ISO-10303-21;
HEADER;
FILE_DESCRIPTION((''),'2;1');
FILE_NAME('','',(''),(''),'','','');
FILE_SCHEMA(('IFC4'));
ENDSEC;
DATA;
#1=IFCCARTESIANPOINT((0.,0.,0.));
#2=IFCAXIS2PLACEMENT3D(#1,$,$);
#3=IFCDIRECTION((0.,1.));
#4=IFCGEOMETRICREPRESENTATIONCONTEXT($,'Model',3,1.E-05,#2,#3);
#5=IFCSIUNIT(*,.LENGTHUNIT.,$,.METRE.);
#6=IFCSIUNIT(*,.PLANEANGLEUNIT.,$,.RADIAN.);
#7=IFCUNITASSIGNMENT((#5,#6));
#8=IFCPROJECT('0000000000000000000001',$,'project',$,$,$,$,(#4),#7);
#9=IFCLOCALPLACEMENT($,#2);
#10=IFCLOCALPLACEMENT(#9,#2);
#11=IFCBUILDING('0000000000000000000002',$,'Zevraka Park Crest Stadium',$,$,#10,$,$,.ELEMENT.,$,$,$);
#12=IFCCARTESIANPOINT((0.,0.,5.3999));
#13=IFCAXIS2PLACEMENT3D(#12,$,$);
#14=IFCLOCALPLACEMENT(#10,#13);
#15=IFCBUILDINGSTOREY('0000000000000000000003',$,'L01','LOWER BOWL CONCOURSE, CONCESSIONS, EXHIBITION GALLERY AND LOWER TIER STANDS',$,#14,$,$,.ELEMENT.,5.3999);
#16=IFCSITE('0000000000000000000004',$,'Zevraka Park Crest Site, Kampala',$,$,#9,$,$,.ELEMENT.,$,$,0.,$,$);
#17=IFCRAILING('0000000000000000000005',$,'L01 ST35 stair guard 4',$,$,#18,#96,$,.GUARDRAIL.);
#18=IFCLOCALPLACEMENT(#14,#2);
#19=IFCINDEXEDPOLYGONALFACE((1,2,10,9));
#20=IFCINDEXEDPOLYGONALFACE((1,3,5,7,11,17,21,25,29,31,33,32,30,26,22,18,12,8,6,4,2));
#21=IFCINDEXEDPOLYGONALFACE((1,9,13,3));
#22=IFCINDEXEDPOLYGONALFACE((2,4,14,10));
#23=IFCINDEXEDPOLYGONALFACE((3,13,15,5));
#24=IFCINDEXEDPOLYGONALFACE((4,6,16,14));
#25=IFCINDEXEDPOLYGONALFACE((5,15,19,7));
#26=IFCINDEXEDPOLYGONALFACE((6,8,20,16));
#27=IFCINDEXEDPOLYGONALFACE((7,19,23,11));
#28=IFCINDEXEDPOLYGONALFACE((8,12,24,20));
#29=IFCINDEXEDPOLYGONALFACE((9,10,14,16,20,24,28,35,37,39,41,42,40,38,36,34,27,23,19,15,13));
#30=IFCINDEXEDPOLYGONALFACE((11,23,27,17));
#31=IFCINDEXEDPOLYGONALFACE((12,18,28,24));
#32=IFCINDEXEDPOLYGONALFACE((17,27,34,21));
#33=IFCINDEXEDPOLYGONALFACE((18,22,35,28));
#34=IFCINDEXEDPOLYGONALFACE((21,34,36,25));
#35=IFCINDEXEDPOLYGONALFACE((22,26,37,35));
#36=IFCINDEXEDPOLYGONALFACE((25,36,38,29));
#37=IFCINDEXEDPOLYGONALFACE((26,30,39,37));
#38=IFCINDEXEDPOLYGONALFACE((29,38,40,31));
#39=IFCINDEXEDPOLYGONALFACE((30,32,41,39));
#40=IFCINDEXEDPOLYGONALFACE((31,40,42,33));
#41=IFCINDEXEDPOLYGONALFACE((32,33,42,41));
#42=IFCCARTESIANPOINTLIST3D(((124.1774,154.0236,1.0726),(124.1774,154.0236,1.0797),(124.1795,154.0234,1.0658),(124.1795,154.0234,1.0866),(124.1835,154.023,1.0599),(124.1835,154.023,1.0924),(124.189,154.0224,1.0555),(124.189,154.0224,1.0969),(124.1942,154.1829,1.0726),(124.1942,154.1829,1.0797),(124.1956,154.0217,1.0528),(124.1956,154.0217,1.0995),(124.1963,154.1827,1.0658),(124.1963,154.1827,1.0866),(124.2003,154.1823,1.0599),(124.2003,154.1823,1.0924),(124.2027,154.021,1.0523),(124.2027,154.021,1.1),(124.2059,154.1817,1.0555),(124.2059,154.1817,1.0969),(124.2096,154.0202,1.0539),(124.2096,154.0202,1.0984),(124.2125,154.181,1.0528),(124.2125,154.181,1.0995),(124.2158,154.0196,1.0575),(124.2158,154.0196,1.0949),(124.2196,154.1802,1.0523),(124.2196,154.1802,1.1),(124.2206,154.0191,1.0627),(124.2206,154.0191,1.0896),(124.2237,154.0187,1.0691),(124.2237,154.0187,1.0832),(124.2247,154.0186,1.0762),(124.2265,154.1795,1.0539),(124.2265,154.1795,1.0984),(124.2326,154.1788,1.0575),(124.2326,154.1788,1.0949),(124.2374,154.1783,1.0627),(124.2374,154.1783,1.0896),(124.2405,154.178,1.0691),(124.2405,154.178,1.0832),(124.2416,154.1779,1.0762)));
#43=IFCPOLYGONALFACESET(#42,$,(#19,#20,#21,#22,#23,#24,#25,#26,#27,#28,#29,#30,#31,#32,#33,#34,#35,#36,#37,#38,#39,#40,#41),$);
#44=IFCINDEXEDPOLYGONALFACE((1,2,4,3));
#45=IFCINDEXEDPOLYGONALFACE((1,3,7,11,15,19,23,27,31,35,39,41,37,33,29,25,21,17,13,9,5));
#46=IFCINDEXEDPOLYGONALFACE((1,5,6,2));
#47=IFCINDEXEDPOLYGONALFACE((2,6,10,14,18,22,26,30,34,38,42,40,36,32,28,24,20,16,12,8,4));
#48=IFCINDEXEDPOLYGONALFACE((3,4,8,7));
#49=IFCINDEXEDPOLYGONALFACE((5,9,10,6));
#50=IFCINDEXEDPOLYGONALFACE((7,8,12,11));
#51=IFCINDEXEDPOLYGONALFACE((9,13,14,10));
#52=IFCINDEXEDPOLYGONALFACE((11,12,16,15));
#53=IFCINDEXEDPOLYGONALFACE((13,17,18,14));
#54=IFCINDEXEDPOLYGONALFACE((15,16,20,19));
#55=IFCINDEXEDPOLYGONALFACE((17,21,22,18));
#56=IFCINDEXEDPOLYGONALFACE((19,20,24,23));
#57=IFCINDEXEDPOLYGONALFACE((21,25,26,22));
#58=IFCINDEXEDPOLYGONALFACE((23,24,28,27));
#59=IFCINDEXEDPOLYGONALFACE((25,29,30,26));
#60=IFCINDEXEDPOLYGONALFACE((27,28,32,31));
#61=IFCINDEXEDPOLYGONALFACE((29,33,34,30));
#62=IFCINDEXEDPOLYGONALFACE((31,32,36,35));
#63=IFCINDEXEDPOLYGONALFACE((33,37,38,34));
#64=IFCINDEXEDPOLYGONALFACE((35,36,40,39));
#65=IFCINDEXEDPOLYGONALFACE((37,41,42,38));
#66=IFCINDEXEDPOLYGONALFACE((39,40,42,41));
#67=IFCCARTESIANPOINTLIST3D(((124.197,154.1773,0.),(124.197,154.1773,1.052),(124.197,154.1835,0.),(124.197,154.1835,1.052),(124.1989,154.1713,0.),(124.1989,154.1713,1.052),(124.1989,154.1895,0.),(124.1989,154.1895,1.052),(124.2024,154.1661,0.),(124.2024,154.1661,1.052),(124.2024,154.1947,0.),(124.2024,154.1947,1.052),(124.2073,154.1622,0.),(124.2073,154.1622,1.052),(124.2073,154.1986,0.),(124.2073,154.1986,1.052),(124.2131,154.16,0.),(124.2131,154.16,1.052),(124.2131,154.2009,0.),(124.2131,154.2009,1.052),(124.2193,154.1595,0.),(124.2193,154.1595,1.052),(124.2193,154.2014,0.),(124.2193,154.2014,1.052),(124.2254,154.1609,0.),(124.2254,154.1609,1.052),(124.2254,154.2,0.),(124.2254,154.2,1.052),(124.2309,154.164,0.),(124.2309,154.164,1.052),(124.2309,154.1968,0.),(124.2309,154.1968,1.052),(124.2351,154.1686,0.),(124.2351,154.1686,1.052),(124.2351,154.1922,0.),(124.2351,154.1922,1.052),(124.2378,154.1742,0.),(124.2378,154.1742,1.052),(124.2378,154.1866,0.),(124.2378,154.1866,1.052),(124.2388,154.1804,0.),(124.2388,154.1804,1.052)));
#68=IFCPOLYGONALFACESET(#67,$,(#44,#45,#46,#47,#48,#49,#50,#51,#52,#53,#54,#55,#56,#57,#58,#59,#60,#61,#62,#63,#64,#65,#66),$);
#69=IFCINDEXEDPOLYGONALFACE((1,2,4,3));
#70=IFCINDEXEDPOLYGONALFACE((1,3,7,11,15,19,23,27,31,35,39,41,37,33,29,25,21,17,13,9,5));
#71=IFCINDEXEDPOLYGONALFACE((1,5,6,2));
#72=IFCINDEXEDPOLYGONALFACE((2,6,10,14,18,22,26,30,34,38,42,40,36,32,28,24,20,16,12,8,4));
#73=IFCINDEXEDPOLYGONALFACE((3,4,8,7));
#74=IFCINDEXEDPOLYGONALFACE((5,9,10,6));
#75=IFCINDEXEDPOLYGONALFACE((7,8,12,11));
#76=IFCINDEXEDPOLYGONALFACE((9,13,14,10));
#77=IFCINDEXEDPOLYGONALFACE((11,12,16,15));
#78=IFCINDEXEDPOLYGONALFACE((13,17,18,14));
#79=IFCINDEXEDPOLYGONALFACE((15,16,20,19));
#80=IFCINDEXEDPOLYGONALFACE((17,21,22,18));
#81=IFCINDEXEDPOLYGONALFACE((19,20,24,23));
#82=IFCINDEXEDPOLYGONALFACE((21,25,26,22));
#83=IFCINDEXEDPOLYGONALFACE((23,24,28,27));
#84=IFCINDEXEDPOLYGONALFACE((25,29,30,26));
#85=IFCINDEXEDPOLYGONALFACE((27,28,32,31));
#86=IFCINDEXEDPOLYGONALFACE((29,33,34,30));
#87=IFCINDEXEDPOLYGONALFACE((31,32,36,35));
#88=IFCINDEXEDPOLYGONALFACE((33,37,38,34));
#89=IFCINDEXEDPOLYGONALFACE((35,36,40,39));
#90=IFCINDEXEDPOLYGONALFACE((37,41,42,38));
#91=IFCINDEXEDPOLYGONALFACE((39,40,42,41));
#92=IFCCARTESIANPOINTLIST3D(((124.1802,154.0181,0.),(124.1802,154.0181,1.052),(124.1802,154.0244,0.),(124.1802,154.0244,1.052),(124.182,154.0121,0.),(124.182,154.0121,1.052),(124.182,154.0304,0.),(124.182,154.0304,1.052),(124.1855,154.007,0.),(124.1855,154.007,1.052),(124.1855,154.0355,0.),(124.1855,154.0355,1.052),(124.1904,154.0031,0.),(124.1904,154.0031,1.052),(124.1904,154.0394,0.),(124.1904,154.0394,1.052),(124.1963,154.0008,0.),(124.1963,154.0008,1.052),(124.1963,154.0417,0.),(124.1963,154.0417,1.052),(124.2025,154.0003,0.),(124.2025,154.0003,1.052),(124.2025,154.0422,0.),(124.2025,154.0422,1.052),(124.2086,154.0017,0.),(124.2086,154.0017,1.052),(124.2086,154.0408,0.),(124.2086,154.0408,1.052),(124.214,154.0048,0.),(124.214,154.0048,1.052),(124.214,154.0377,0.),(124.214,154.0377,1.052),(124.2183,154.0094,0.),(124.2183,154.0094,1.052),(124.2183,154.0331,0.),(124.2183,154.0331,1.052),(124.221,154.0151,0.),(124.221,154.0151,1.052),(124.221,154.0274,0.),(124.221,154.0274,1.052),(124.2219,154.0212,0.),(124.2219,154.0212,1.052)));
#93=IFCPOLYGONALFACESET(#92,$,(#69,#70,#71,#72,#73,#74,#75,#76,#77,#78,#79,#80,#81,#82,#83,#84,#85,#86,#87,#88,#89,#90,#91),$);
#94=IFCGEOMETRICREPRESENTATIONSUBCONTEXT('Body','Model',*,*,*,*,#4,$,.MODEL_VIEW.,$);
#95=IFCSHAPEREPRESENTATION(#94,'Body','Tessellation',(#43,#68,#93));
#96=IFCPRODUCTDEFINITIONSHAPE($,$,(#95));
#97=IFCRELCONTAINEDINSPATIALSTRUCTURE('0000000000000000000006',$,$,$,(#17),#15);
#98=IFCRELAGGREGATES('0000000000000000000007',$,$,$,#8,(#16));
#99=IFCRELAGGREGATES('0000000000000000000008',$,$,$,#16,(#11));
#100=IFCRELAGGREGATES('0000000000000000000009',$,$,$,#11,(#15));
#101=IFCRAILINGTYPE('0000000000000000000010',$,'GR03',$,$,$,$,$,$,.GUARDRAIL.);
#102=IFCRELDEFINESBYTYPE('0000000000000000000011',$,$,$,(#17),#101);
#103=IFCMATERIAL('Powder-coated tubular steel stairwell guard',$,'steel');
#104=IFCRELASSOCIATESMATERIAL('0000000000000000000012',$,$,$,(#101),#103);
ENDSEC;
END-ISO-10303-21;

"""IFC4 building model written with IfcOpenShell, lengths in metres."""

from ifc_helpers import new_model, si_unit, direction, frame, origin, origin_2d, place, context, subcontext, project, spatial, circle, extrude, material, type_object, element, save


model = new_model("IFC4")

# Units and contexts
model_context = context("Model", 3, precision=1e-05, world=origin(), true_north=direction((0.0, 1.0)))
body_context = subcontext(model_context, "Body", "Model", "MODEL_VIEW")
ifc_project = project(units=[si_unit("LENGTHUNIT", "METRE"), si_unit("PLANEANGLEUNIT", "RADIAN")], contexts=[model_context])

# Site, building, storey
site_placement = place(None, origin())
site = spatial("IfcSite", under=ifc_project, at=site_placement, Name="Zevraka Park Crest Site, Kampala", CompositionType="ELEMENT", RefElevation=0.0)
building_placement = place(site_placement, origin())
building = spatial("IfcBuilding", under=site, at=building_placement, Name="Zevraka Park Crest Stadium", CompositionType="ELEMENT")
storey_placement = place(building_placement, frame((0.0, 0.0, 5.3999)))
storey = spatial("IfcBuildingStorey", under=building, at=storey_placement, Name="L01", Description="LOWER BOWL CONCOURSE, CONCESSIONS, EXHIBITION GALLERY AND LOWER TIER STANDS", CompositionType="ELEMENT", Elevation=5.3999)

# Railing
ifc_material_1 = material(Name="Powder-coated tubular steel stairwell guard", Category="steel")
railing_type_1 = type_object("IfcRailingType", Name="GR03", PredefinedType="GUARDRAIL", material=ifc_material_1)
railing_1_placement = place(storey_placement, frame((124.2178, 154.1804, 0.0)))
element("IfcRailing", 1, at=railing_1_placement, inside=storey, type_object=railing_type_1, Name="L01 ST35 stair guard 4", PredefinedType="GUARDRAIL", context=body_context, shape_type="SweptSolid", body=[
    extrude(circle(Radius=0.0239, at=origin_2d()), frame((0.0, 0.0, 1.0762), z_axis=(-0.105241, -0.994447, 0.0), x_axis=(0.994447, -0.105241, 0.0)), (0.0, 0.0, 1.0), 0.1602),
    extrude(circle(Radius=0.021, at=origin_2d()), origin(), (0.0, 0.0, 1.0), 1.052),
    extrude(circle(Radius=0.021, at=origin_2d()), frame((-0.0168, -0.1592, 0.0)), (0.0, 0.0, 1.0), 1.052),
])

save(model, "model.ifc")
